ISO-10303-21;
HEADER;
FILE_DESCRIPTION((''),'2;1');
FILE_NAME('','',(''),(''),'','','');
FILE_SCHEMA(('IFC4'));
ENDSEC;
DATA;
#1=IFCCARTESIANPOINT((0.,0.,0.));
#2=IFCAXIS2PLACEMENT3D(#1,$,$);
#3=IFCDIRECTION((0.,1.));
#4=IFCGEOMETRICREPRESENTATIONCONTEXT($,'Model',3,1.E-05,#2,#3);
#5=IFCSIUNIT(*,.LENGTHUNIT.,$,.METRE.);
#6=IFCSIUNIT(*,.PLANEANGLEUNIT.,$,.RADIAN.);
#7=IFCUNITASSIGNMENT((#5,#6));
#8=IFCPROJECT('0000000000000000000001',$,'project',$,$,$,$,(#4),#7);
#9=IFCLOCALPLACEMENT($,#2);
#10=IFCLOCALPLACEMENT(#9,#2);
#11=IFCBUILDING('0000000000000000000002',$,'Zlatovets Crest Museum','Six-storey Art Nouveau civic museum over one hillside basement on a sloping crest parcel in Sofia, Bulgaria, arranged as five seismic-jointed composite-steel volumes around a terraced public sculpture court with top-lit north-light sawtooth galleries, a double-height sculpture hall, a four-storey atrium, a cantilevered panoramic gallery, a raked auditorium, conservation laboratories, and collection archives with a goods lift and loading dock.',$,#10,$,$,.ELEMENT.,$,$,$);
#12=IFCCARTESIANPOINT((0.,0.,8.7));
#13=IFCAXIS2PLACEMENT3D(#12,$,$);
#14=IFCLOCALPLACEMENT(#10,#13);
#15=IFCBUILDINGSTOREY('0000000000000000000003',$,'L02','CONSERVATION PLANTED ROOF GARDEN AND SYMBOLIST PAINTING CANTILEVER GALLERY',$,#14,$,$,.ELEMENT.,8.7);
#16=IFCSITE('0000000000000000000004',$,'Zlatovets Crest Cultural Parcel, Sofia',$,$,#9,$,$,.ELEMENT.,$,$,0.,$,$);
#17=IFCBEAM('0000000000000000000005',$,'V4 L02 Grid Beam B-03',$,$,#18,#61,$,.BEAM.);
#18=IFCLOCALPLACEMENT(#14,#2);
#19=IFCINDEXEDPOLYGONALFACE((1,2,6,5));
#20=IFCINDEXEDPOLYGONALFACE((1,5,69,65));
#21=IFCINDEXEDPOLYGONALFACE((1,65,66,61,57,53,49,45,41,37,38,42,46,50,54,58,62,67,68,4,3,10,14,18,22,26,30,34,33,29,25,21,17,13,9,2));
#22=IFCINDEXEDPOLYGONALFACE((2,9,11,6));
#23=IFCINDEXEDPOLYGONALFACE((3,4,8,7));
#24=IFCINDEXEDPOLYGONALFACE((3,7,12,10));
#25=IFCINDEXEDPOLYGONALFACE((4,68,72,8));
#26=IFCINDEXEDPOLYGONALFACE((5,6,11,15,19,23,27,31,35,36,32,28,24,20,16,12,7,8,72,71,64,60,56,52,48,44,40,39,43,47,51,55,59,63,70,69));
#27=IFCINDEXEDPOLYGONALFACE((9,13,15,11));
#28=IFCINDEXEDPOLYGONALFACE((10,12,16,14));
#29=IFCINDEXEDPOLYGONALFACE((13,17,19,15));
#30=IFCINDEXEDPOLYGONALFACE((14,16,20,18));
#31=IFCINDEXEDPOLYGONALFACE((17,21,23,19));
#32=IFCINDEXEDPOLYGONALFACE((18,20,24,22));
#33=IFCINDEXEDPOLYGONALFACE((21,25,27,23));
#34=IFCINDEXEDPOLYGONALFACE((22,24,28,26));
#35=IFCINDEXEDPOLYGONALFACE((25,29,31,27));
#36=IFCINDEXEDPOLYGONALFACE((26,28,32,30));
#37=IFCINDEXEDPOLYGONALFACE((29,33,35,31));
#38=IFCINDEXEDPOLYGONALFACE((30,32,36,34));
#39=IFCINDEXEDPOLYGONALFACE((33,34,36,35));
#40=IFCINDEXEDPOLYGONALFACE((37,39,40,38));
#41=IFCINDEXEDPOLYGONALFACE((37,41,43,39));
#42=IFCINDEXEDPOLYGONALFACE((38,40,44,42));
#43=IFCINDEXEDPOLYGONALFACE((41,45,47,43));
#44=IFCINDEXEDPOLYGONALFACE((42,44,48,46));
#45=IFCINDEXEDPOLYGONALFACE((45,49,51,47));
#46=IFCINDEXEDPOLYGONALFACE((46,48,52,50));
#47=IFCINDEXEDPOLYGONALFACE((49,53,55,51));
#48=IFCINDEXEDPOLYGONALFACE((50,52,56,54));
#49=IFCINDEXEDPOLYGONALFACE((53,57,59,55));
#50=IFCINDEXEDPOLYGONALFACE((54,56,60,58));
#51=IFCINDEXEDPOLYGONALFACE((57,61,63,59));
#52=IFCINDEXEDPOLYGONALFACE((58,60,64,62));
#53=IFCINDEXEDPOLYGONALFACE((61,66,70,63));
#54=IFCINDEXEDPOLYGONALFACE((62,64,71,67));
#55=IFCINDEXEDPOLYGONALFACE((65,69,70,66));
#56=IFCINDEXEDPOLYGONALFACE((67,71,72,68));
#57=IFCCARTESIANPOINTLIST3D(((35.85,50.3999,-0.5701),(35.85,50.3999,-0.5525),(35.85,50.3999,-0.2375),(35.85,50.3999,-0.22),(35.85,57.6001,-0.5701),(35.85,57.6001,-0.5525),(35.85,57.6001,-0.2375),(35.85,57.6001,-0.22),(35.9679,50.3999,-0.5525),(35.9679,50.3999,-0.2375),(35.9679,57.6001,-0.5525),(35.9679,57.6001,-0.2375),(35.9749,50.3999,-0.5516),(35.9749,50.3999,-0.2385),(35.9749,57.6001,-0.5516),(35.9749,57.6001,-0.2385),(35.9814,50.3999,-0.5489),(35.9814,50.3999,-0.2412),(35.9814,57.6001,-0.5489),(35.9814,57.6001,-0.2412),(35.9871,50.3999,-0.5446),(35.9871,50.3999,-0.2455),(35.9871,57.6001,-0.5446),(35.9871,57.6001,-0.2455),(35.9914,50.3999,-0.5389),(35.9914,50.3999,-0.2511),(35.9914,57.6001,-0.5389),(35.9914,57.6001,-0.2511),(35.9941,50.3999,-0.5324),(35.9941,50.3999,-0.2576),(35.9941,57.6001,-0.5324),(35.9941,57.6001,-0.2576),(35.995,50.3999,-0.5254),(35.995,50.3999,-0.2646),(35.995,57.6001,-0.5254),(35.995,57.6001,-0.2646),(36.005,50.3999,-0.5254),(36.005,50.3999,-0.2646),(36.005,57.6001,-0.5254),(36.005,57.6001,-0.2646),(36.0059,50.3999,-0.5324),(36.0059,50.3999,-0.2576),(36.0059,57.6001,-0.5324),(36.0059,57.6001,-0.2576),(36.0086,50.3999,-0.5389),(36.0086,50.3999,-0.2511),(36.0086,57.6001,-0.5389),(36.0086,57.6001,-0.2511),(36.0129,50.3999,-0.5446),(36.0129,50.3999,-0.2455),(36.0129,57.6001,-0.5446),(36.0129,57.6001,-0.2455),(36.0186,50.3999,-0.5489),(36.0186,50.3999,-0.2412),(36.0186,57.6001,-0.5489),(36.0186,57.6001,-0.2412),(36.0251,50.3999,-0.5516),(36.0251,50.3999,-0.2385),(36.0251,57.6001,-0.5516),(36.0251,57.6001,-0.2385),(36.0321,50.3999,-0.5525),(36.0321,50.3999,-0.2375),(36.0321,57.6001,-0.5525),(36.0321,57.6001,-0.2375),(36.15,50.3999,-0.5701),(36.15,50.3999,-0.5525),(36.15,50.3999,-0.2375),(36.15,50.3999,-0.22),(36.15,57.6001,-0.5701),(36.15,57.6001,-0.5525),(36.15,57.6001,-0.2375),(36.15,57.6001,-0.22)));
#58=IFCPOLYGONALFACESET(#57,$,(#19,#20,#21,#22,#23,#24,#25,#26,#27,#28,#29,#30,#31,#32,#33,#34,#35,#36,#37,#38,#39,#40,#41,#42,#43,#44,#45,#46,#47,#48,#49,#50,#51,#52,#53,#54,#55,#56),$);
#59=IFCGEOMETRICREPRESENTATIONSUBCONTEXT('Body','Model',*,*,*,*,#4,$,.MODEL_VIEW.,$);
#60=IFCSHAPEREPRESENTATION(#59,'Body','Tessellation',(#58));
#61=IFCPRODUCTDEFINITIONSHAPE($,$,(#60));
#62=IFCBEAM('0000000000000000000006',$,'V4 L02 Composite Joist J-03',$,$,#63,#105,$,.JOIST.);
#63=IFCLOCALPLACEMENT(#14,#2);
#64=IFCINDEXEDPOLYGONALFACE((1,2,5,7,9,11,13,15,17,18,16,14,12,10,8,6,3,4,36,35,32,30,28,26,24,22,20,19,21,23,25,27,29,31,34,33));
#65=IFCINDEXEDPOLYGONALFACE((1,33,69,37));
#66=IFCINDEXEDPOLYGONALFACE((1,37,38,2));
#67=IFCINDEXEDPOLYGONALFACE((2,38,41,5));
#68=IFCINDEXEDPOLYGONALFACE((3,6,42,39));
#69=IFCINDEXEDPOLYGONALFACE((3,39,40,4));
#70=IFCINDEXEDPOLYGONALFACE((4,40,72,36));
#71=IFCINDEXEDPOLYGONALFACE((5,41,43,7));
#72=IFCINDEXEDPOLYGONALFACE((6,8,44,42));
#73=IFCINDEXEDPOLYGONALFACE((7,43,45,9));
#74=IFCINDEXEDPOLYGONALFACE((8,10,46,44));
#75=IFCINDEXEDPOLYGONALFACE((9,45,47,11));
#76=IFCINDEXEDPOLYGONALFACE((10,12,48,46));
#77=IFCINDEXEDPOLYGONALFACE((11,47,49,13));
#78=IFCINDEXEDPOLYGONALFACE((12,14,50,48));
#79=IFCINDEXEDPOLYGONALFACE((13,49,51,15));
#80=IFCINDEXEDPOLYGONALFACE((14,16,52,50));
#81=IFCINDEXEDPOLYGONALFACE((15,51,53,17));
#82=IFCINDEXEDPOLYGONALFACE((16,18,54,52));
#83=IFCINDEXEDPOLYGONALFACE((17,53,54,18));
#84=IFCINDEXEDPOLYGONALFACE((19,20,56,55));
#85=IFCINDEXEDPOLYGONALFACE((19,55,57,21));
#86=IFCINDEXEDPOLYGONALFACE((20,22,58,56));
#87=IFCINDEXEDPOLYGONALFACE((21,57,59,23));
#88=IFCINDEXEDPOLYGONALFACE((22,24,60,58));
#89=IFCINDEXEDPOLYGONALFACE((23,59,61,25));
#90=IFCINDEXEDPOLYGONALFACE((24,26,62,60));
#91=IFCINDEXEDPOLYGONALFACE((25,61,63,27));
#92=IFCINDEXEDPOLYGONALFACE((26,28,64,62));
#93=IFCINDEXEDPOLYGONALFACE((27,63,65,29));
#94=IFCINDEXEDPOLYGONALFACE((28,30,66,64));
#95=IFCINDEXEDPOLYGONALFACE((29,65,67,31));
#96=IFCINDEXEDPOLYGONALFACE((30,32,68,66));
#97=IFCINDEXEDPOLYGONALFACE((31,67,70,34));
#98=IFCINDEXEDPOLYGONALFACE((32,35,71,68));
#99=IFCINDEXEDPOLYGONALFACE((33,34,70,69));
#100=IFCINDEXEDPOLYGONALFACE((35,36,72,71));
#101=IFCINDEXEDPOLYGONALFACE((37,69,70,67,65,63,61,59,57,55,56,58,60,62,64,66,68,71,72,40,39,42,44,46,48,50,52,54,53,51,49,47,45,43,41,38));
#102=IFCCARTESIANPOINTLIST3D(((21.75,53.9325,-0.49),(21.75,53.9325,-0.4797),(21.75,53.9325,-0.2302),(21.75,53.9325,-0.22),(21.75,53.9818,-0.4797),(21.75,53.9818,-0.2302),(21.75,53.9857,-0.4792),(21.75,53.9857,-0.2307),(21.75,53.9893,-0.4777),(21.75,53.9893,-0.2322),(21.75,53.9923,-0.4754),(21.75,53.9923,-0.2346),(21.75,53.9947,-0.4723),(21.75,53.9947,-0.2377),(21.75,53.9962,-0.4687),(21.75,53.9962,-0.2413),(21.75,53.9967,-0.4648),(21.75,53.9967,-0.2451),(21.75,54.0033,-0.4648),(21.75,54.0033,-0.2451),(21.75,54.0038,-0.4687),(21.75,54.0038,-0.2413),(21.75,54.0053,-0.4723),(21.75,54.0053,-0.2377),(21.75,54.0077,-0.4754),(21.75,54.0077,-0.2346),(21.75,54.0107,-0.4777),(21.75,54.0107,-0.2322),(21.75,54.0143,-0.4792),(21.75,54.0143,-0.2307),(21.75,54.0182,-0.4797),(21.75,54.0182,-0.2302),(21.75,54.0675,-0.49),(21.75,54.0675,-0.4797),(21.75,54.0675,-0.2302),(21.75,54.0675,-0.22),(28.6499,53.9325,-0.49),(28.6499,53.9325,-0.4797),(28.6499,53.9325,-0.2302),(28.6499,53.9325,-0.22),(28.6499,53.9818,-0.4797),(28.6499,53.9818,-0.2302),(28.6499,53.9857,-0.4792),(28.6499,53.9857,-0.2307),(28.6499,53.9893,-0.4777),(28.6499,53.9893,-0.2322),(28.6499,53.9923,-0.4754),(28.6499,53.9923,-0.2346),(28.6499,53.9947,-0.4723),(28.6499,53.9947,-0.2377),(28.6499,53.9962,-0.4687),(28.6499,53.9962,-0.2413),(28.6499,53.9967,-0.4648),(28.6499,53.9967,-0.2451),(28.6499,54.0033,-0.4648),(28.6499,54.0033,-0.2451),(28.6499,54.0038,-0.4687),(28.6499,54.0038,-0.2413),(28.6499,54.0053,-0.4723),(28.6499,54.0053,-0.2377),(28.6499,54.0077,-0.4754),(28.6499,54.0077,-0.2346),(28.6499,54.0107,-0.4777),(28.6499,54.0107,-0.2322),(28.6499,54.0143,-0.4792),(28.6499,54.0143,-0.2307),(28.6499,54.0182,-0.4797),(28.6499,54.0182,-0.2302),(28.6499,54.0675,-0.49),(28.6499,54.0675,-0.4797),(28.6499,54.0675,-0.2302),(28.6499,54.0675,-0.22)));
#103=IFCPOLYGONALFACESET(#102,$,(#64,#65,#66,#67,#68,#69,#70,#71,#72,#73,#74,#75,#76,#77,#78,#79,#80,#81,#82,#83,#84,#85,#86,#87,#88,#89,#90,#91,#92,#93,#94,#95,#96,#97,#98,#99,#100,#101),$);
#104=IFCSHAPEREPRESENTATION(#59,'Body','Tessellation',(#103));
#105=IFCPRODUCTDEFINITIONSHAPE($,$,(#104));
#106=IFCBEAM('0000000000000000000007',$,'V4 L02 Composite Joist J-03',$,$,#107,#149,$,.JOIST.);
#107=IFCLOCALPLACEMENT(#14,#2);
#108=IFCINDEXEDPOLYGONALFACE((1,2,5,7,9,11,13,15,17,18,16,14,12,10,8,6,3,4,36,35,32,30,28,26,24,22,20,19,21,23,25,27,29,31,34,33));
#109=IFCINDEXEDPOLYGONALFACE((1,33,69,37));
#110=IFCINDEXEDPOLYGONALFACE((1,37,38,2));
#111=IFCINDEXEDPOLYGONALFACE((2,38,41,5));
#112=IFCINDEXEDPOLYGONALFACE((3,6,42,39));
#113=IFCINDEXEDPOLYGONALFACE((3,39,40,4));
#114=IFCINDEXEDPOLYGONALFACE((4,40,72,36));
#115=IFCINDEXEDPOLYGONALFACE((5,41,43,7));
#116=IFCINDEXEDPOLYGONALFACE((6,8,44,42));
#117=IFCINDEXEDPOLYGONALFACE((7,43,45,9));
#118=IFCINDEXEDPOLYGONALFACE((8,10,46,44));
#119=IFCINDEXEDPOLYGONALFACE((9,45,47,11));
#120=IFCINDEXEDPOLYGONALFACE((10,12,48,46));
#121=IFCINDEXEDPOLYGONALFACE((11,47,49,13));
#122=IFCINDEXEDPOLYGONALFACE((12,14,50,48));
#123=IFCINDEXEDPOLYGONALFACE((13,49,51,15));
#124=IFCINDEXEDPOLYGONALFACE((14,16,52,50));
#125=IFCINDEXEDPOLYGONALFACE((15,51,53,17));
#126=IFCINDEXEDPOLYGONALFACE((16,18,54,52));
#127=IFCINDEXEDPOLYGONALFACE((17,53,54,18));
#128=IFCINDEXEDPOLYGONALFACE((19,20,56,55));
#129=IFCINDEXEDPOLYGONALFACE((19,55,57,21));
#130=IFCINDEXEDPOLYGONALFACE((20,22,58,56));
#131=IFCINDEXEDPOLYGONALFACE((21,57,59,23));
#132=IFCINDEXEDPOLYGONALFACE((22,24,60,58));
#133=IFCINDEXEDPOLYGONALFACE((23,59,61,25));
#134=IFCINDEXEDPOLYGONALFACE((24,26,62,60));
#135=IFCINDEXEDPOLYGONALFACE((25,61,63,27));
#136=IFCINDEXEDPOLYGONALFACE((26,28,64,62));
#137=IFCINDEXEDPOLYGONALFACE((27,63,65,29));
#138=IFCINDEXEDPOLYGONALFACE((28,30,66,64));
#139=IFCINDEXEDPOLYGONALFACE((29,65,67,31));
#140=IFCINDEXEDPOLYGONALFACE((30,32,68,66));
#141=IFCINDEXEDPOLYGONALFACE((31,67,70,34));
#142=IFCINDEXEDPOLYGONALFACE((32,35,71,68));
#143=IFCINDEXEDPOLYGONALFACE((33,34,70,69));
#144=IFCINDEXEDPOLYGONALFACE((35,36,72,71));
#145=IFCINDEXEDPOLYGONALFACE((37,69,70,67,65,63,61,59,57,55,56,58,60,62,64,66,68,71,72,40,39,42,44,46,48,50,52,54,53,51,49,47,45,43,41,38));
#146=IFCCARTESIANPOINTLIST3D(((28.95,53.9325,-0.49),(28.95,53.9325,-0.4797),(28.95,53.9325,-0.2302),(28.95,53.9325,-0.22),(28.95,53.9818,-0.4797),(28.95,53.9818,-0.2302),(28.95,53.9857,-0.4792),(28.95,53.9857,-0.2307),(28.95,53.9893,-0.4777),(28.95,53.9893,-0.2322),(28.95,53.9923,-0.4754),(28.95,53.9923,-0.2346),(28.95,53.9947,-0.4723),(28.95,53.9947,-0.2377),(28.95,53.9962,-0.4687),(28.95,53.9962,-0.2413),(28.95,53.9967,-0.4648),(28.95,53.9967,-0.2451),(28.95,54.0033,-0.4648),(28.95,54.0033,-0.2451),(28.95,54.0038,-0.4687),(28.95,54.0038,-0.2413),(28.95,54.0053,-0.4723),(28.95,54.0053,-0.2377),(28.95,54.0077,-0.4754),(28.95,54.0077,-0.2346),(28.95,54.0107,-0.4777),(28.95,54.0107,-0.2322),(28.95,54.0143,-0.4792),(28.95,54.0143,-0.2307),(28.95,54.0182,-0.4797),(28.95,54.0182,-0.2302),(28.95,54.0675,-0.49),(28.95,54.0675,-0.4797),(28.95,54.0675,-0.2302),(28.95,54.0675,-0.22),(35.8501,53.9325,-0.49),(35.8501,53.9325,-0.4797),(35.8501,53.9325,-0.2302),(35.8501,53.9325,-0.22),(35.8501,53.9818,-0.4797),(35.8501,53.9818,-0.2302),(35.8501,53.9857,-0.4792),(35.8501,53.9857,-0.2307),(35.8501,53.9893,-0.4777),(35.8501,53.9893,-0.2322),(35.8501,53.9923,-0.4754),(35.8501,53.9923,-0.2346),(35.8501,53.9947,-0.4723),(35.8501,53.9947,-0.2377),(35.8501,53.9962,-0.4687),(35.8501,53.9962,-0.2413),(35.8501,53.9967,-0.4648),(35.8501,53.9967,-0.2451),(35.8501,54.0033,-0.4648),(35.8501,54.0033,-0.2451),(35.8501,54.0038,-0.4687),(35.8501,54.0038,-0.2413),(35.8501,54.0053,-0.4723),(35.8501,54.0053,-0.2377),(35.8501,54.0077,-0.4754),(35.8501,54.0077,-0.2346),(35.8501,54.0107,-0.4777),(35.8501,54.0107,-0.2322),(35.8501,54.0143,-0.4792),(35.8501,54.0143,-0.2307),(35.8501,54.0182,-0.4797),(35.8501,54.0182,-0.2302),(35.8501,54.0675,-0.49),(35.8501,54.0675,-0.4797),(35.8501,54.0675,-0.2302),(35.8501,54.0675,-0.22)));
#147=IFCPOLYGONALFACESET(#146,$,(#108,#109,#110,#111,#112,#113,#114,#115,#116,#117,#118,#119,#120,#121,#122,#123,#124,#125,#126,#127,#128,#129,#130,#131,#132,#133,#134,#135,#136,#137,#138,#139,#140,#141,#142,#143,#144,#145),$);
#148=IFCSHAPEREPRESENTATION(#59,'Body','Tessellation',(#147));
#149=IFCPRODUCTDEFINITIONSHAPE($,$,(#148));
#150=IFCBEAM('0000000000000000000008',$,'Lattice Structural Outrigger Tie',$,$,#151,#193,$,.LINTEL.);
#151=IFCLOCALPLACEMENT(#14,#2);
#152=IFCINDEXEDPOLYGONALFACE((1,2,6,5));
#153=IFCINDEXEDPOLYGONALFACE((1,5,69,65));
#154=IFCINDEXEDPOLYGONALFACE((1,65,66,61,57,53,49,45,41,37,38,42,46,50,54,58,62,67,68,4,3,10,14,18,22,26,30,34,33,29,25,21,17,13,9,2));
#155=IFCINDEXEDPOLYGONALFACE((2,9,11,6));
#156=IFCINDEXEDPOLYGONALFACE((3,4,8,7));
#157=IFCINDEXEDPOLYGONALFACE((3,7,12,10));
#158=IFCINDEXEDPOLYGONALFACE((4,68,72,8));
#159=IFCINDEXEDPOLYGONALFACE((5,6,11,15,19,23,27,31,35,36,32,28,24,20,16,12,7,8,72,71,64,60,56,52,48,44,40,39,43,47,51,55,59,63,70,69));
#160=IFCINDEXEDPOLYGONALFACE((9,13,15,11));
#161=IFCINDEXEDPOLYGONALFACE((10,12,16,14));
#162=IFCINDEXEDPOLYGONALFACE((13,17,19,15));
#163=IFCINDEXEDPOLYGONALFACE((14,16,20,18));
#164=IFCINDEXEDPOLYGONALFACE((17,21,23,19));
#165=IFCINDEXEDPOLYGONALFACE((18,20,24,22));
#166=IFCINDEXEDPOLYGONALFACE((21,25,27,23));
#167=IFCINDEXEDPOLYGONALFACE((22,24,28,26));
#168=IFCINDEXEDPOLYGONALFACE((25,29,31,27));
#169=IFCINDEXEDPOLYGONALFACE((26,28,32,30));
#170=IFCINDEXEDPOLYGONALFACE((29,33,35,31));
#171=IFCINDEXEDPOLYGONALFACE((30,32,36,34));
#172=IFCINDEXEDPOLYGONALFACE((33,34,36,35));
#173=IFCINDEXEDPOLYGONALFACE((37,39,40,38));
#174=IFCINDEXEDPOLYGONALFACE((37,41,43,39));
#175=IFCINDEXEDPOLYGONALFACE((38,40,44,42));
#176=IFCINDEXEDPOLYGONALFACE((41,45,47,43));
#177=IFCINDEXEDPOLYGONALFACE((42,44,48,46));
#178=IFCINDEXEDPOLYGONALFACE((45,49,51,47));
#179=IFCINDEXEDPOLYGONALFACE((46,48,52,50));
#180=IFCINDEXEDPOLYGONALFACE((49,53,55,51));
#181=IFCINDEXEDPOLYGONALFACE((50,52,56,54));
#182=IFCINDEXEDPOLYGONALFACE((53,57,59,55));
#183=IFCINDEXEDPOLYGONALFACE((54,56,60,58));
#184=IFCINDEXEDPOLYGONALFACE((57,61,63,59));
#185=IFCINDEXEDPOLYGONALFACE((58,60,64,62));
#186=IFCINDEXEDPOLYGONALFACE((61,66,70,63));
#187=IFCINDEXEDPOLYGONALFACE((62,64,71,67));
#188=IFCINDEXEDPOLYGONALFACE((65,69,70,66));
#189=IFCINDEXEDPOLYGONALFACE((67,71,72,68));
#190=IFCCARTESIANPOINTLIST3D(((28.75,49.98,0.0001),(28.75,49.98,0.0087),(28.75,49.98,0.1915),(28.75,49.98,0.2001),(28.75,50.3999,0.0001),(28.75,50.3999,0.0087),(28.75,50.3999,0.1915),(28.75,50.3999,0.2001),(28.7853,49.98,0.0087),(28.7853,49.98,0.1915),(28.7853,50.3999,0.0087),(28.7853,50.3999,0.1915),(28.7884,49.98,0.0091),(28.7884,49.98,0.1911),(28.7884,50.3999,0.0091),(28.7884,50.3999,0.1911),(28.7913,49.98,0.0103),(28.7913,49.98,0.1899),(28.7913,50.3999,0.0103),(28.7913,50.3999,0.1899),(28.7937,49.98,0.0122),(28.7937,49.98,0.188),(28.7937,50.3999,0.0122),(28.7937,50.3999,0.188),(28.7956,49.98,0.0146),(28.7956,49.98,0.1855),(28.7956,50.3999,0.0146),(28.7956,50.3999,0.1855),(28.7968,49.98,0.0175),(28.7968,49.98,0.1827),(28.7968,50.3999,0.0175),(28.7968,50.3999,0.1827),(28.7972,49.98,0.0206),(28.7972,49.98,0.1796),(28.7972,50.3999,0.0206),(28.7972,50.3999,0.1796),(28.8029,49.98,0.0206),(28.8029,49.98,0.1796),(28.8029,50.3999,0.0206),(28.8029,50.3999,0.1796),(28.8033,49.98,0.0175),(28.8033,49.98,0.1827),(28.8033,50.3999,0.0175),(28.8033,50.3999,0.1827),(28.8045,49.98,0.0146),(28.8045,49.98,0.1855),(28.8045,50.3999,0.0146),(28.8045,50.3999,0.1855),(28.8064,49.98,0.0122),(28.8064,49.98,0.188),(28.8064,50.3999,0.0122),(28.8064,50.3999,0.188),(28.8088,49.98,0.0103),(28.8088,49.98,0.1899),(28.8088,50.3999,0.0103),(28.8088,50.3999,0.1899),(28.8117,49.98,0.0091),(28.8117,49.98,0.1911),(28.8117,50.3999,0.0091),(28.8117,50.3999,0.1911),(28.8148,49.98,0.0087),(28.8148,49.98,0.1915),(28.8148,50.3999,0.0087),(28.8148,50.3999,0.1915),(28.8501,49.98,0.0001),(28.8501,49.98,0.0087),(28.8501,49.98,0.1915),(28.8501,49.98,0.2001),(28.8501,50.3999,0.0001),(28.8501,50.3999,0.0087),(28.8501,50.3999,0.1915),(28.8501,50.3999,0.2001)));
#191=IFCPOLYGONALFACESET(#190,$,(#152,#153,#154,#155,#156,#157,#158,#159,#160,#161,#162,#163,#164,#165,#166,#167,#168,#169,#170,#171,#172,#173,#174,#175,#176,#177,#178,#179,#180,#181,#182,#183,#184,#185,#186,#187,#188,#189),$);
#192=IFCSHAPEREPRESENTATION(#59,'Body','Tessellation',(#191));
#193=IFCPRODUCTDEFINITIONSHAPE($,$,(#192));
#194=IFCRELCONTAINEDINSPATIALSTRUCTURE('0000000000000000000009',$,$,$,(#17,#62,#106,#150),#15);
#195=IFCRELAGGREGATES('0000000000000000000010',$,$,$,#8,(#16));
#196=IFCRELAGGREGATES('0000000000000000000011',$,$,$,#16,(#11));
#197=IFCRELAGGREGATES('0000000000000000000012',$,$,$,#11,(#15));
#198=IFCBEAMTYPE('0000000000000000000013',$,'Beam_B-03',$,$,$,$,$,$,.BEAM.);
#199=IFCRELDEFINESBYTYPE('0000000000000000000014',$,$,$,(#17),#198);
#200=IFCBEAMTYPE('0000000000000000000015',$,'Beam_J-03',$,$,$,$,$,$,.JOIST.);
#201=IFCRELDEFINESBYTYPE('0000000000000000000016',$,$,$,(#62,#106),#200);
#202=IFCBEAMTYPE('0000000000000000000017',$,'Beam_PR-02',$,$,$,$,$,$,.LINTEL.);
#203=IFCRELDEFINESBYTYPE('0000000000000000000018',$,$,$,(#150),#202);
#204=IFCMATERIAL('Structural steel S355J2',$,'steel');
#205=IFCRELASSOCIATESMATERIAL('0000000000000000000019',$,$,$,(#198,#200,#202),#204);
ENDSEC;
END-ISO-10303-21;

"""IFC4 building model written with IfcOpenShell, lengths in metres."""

from ifc_helpers import new_model, si_unit, direction, frame, origin, origin_2d, place, context, subcontext, project, spatial, i_section, extrude, material, material_profile, profile_set, type_object, element, save


model = new_model("IFC4")

# Units and contexts
model_context = context("Model", 3, precision=1e-05, world=origin(), true_north=direction((0.0, 1.0)))
body_context = subcontext(model_context, "Body", "Model", "MODEL_VIEW")
ifc_project = project(units=[si_unit("LENGTHUNIT", "METRE"), si_unit("PLANEANGLEUNIT", "RADIAN")], contexts=[model_context])

# Site, building, storey
site_placement = place(None, origin())
site = spatial("IfcSite", under=ifc_project, at=site_placement, Name="Zlatovets Crest Cultural Parcel, Sofia", CompositionType="ELEMENT", RefElevation=0.0)
building_placement = place(site_placement, origin())
building = spatial("IfcBuilding", under=site, at=building_placement, Name="Zlatovets Crest Museum", Description="Six-storey Art Nouveau civic museum over one hillside basement on a sloping crest parcel in Sofia, Bulgaria, arranged as five seismic-jointed composite-steel volumes around a terraced public sculpture court with top-lit north-light sawtooth galleries, a double-height sculpture hall, a four-storey atrium, a cantilevered panoramic gallery, a raked auditorium, conservation laboratories, and collection archives with a goods lift and loading dock.", CompositionType="ELEMENT")
storey_placement = place(building_placement, frame((0.0, 0.0, 8.7)))
storey = spatial("IfcBuildingStorey", under=building, at=storey_placement, Name="L02", Description="CONSERVATION PLANTED ROOF GARDEN AND SYMBOLIST PAINTING CANTILEVER GALLERY", CompositionType="ELEMENT", Elevation=8.7)

# Shared definitions
ifc_material_1 = material(Name="Structural steel S355J2", Category="steel")

# Beams
ifc_material_profile_1 = material_profile(ifc_material_1, i_section(OverallWidth=0.3, OverallDepth=0.3501, WebThickness=0.01, FlangeThickness=0.0176, FilletRadius=0.0271, at=origin_2d()), Name="HEA 360")
ifc_profile_set_1 = profile_set([ifc_material_profile_1], Name="Structural steel S355J2")
beam_type_1 = type_object("IfcBeamType", Name="Beam_B-03", PredefinedType="BEAM", material=ifc_profile_set_1)
for number, where, z_axis, x_axis, name in (
    (1, (36.0, 50.3999, -0.395), (0.0, 1.0, 0.0), (-1.0, 0.0, 0.0), "V4 L02 Grid Beam B-03"),
):
    element("IfcBeam", number, at=place(storey_placement, frame(where, z_axis=z_axis, x_axis=x_axis)), inside=storey, type_object=beam_type_1, Name=name, PredefinedType="BEAM", context=body_context, shape_type="SweptSolid", body=[
        extrude(i_section(OverallWidth=0.3, OverallDepth=0.3501, WebThickness=0.01, FlangeThickness=0.0176, FilletRadius=0.0271, at=origin_2d()), origin(), (0.0, 0.0, 1.0), 7.2002),
    ])
ifc_material_profile_2 = material_profile(ifc_material_1, i_section(OverallWidth=0.135, OverallDepth=0.27, WebThickness=0.0066, FlangeThickness=0.0103, FilletRadius=0.0149, at=origin_2d()), Name="IPE 270")
ifc_profile_set_2 = profile_set([ifc_material_profile_2], Name="Structural steel S355J2")
beam_type_2 = type_object("IfcBeamType", Name="Beam_J-03", PredefinedType="JOIST", material=ifc_profile_set_2)
beam_1_placement = place(storey_placement, frame((21.75, 54.0, -0.355), z_axis=(1.0, 0.0, 0.0), x_axis=(0.0, 1.0, 0.0)))
element("IfcBeam", 2, at=beam_1_placement, inside=storey, type_object=beam_type_2, Name="V4 L02 Composite Joist J-03", PredefinedType="JOIST", context=body_context, shape_type="SweptSolid", body=[
    extrude(i_section(OverallWidth=0.135, OverallDepth=0.27, WebThickness=0.0066, FlangeThickness=0.0103, FilletRadius=0.0149, at=origin_2d()), origin(), (0.0, 0.0, 1.0), 6.8999),
])
beam_2_placement = place(storey_placement, frame((28.95, 54.0, -0.355), z_axis=(1.0, 0.0, 0.0), x_axis=(0.0, 1.0, 0.0)))
element("IfcBeam", 3, at=beam_2_placement, inside=storey, type_object=beam_type_2, Name="V4 L02 Composite Joist J-03", PredefinedType="JOIST", context=body_context, shape_type="SweptSolid", body=[
    extrude(i_section(OverallWidth=0.135, OverallDepth=0.27, WebThickness=0.0066, FlangeThickness=0.0103, FilletRadius=0.0149, at=origin_2d()), origin(), (0.0, 0.0, 1.0), 6.9001),
])
ifc_material_profile_3 = material_profile(ifc_material_1, i_section(OverallWidth=0.1001, OverallDepth=0.2, WebThickness=0.0056, FlangeThickness=0.0085, FilletRadius=0.012, at=origin_2d()), Name="IPE 200")
ifc_profile_set_3 = profile_set([ifc_material_profile_3], Name="Structural steel S355J2")
beam_type_3 = type_object("IfcBeamType", Name="Beam_PR-02", PredefinedType="LINTEL", material=ifc_profile_set_3)
for number, where, z_axis, x_axis, name in (
    (4, (28.8, 50.3999, 0.1001), (0.0, -1.0, 0.0), (1.0, 0.0, 0.0), "Lattice Structural Outrigger Tie"),
):
    element("IfcBeam", number, at=place(storey_placement, frame(where, z_axis=z_axis, x_axis=x_axis)), inside=storey, type_object=beam_type_3, Name=name, PredefinedType="LINTEL", context=body_context, shape_type="SweptSolid", body=[
        extrude(i_section(OverallWidth=0.1001, OverallDepth=0.2, WebThickness=0.0056, FlangeThickness=0.0085, FilletRadius=0.012, at=origin_2d()), origin(), (0.0, 0.0, 1.0), 0.4199),
    ])

save(model, "model.ifc")
